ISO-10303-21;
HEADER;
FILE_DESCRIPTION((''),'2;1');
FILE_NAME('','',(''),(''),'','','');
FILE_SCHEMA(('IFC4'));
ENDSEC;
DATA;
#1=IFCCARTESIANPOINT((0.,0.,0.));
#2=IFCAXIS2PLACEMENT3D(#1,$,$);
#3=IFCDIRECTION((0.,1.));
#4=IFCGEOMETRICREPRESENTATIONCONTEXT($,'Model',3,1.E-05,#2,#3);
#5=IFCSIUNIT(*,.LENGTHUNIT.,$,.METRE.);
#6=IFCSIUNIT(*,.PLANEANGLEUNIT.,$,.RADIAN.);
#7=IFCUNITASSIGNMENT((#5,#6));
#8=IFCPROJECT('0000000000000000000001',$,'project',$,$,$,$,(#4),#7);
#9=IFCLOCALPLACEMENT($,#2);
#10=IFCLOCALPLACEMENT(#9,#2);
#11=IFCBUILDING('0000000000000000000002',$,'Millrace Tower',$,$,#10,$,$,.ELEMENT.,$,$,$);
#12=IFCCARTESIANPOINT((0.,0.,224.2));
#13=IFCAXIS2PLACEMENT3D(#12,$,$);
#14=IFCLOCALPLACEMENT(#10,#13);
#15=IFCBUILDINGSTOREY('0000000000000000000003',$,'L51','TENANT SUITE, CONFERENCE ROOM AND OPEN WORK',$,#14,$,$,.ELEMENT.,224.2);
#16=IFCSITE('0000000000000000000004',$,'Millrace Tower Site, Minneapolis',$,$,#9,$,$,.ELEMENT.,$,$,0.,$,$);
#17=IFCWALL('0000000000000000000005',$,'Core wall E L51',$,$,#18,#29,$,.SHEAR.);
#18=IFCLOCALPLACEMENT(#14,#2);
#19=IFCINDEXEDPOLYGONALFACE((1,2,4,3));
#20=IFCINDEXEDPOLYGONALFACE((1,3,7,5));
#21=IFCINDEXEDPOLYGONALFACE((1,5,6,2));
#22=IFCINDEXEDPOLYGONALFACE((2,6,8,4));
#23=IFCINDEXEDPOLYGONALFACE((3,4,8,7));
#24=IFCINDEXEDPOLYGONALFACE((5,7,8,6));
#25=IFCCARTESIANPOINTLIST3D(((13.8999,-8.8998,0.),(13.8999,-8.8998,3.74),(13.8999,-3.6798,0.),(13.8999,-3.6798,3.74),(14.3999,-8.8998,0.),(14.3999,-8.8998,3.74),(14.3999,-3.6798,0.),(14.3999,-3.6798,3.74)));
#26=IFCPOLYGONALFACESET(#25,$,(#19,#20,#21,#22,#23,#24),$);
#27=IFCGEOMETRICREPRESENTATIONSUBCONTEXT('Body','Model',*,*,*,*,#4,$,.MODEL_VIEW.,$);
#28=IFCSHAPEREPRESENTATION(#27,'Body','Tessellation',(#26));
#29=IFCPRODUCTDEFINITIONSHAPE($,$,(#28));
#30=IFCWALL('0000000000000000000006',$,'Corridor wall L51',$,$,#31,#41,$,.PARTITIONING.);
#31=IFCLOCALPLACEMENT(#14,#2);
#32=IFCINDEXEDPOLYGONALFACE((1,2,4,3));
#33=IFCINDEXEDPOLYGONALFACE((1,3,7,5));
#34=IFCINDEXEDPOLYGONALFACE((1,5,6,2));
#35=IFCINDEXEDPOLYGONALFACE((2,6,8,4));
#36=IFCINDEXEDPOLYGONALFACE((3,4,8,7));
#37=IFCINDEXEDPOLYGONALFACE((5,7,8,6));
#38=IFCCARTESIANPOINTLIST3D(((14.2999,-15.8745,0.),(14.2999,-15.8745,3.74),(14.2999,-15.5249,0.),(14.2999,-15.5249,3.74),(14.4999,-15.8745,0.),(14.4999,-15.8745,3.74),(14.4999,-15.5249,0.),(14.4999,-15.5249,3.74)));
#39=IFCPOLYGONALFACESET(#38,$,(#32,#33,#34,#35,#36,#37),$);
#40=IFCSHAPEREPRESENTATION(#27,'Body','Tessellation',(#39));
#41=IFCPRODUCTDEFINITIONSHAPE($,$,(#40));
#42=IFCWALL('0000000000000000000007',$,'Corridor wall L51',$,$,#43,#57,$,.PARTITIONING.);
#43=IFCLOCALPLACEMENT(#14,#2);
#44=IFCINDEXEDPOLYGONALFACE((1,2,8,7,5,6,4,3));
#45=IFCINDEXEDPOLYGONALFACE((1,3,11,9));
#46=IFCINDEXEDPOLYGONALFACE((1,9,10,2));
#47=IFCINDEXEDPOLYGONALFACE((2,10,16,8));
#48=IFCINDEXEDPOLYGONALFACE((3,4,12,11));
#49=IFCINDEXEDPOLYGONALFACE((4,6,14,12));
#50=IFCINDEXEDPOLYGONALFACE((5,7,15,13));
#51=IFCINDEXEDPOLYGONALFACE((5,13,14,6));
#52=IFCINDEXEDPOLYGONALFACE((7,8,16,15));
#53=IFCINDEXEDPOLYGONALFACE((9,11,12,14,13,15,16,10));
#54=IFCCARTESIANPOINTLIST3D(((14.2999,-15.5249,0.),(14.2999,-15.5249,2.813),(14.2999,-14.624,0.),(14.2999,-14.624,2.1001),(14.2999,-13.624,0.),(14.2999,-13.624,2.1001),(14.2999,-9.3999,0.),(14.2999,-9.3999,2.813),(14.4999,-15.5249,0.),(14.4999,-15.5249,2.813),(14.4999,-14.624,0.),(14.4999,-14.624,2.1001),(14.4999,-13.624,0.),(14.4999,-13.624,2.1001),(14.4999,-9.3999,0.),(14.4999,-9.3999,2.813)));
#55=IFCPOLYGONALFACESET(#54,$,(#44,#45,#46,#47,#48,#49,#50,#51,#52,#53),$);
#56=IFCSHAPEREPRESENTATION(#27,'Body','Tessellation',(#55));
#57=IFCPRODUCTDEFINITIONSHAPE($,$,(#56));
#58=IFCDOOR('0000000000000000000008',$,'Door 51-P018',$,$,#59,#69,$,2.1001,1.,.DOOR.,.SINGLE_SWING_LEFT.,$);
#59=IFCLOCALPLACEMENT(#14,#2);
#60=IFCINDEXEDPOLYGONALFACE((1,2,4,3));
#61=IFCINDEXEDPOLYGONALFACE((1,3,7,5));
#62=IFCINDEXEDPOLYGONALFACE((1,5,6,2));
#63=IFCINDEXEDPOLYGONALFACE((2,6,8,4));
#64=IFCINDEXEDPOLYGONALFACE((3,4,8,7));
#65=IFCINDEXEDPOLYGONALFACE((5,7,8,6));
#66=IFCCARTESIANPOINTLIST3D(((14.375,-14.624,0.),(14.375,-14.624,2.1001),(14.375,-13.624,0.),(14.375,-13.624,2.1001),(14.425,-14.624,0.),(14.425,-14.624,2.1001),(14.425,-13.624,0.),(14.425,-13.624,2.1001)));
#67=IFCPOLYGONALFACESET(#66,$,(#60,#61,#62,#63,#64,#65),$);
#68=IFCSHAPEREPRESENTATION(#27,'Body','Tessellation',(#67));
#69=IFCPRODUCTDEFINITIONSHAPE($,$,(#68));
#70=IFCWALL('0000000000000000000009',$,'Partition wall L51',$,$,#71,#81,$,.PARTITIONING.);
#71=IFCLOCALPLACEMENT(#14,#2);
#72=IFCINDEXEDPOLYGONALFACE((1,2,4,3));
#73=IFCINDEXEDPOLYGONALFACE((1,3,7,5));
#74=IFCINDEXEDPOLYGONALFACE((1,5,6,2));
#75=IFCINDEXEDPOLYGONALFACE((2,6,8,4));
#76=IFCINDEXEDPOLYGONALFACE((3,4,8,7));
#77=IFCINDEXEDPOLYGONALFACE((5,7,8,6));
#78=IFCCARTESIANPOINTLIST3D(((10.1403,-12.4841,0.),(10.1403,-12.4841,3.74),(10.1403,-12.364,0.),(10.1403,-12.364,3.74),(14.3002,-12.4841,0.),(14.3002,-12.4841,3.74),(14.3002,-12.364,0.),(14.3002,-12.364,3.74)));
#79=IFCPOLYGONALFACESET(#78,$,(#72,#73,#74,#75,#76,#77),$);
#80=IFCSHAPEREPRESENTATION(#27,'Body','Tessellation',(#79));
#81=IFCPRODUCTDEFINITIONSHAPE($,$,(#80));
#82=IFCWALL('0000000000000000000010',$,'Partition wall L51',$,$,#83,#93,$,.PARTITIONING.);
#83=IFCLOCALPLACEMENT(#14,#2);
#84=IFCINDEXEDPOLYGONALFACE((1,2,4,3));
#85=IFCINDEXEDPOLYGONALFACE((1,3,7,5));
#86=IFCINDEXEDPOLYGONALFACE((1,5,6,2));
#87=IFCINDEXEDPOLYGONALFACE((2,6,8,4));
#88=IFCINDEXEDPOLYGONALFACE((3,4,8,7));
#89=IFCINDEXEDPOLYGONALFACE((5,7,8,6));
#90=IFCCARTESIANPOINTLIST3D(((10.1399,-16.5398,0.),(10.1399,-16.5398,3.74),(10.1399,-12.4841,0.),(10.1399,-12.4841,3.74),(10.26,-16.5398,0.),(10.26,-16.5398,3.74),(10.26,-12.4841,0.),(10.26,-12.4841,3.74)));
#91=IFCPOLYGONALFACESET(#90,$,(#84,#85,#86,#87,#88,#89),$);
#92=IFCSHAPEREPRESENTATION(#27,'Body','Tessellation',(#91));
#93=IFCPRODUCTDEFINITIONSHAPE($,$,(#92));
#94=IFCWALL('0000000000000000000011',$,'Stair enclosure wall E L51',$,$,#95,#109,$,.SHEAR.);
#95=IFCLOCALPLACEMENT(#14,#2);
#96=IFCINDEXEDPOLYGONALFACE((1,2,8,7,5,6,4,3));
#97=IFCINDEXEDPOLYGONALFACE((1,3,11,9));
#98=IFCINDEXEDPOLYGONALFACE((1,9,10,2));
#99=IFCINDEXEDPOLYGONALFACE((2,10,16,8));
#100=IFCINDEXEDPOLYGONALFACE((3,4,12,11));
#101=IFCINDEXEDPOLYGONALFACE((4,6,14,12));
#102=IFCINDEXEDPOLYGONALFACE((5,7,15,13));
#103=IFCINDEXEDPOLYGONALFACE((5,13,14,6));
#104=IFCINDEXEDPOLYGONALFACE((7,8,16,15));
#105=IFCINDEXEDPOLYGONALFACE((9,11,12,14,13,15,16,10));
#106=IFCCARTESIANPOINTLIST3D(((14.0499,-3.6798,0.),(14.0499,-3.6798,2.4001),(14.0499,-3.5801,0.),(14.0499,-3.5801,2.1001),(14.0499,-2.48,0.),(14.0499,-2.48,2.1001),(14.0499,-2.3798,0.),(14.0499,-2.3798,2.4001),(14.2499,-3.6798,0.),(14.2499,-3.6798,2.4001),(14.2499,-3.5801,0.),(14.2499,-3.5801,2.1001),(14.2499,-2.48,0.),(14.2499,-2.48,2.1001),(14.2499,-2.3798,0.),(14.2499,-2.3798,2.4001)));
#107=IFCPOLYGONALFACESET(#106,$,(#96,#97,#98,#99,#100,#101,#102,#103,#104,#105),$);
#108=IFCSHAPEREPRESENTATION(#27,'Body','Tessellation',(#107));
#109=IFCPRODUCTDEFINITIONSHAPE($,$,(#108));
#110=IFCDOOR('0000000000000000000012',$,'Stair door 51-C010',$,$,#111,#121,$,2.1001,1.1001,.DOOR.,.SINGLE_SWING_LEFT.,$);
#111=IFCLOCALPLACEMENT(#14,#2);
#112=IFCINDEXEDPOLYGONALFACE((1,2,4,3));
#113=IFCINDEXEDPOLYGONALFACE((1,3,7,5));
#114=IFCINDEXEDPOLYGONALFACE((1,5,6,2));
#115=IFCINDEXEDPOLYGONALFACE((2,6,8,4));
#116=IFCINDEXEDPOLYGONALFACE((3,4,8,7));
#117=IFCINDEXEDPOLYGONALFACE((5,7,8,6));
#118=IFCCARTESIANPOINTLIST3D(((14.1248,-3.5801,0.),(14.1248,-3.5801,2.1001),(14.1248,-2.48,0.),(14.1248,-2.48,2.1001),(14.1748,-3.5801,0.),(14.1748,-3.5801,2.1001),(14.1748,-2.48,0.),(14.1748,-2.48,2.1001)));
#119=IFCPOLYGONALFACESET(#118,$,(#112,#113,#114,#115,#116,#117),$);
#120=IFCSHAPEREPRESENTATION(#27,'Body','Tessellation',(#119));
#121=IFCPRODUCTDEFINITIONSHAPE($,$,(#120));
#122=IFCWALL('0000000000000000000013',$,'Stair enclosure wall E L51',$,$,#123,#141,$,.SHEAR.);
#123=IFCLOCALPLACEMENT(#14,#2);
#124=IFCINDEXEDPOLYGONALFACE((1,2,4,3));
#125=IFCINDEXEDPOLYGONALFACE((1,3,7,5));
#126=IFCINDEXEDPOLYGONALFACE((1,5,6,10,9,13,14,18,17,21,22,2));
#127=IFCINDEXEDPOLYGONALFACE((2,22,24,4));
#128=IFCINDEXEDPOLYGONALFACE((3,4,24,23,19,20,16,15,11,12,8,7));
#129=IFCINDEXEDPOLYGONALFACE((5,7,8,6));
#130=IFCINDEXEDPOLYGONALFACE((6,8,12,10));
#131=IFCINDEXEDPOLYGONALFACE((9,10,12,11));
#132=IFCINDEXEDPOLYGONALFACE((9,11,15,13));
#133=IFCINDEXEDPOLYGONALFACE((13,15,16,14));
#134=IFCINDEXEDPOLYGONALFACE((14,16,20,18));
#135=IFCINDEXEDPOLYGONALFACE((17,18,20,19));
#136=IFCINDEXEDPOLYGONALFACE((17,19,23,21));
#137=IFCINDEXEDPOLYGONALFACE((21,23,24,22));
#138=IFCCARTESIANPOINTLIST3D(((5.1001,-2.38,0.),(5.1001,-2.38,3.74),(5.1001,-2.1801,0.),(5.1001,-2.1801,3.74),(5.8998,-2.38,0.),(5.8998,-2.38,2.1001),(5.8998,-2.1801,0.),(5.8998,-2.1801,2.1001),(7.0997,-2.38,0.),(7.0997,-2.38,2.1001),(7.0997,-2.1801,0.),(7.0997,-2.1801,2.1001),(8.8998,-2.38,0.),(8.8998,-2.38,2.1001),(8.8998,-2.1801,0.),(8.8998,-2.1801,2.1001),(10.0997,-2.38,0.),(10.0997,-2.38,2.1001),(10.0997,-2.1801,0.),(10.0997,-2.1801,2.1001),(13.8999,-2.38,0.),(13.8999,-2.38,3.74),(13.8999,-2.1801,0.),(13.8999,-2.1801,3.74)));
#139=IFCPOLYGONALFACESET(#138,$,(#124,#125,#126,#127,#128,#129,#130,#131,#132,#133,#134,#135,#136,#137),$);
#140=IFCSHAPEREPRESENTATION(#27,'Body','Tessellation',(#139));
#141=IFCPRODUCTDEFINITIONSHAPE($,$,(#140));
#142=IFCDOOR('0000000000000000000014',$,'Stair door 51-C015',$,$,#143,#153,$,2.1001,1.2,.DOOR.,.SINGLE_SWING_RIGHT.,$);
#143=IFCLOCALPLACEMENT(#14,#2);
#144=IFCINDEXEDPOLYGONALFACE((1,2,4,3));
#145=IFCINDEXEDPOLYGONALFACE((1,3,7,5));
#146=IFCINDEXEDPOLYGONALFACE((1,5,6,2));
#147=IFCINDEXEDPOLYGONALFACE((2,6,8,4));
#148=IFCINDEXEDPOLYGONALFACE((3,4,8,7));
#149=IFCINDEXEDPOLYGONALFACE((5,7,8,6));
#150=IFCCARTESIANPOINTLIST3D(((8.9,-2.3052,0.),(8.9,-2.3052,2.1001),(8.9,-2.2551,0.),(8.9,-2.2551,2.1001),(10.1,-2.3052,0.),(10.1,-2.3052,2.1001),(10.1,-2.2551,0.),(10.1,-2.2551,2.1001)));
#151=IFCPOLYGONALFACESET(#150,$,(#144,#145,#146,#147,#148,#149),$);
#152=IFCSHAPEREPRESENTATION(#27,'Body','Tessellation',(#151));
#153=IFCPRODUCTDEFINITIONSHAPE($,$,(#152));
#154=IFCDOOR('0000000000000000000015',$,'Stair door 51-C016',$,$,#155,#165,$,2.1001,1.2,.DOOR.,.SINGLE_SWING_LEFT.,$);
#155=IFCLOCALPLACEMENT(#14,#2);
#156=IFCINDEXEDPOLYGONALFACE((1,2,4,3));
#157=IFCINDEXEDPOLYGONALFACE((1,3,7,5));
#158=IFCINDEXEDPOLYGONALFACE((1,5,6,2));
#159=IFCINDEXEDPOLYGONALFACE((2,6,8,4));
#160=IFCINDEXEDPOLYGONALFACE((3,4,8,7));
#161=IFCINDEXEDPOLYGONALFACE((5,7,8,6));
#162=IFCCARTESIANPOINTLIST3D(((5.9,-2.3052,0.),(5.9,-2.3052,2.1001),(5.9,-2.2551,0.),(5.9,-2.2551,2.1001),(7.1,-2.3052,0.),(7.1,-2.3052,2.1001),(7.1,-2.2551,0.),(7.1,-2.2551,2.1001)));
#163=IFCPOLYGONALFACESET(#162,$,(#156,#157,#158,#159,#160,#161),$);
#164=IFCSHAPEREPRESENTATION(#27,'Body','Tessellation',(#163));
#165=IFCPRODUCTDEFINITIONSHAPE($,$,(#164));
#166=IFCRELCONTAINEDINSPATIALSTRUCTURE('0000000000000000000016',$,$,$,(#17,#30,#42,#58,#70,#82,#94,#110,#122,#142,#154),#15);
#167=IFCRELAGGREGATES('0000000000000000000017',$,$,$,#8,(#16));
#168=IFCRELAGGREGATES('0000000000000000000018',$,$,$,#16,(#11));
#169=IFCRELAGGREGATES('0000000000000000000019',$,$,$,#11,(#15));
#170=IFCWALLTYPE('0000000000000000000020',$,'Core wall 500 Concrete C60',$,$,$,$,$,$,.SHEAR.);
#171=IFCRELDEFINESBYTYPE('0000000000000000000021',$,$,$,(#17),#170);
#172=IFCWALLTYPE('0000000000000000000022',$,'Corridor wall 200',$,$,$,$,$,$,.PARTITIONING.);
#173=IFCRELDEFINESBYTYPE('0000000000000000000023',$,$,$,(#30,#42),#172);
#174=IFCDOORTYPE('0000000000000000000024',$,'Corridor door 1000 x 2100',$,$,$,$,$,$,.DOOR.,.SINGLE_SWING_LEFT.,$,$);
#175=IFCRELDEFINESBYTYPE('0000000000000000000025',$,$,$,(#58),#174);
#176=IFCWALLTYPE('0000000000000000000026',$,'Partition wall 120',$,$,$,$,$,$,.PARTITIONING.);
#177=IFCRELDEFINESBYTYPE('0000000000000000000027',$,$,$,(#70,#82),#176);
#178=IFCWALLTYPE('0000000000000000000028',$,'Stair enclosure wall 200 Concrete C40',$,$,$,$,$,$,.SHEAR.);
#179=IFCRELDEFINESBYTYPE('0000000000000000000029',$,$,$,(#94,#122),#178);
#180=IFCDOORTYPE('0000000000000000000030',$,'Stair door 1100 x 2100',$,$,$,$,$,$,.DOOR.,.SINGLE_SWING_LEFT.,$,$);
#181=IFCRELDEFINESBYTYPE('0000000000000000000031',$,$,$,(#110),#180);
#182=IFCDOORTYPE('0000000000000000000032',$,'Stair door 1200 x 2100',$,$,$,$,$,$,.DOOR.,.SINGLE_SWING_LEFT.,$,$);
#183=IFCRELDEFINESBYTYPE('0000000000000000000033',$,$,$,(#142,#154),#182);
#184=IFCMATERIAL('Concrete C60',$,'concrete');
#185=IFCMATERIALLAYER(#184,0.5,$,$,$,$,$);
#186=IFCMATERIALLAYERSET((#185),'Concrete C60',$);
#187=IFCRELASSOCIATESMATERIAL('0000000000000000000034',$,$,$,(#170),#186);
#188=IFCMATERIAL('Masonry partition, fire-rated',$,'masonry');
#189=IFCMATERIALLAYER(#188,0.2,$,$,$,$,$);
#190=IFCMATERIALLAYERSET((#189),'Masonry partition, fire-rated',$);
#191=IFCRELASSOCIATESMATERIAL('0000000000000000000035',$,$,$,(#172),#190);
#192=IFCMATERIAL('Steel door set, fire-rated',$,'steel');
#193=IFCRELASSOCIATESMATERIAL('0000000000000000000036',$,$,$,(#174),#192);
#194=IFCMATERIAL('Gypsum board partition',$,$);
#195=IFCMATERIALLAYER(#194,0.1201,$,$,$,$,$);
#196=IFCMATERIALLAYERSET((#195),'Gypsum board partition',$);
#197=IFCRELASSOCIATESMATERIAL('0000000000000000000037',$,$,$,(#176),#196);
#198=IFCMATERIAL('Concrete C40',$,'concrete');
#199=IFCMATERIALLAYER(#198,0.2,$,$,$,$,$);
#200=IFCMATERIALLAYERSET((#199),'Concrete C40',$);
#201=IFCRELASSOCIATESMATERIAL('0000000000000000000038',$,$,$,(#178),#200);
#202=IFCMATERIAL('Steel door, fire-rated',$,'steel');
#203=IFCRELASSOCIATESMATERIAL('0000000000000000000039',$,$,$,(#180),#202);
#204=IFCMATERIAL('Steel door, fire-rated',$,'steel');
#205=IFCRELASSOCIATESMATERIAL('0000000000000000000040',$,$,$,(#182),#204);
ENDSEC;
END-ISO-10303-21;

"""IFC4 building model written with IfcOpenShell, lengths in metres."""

from ifc_helpers import new_model, si_unit, direction, frame, frame_2d, origin, place, context, subcontext, project, spatial, rectangle, extrude, material, layer, layer_set, type_object, element, fill, save


model = new_model("IFC4")

# Units and contexts
model_context = context("Model", 3, precision=1e-05, world=origin(), true_north=direction((0.0, 1.0)))
body_context = subcontext(model_context, "Body", "Model", "MODEL_VIEW")
ifc_project = project(units=[si_unit("LENGTHUNIT", "METRE"), si_unit("PLANEANGLEUNIT", "RADIAN")], contexts=[model_context])

# Site, building, storey
site_placement = place(None, origin())
site = spatial("IfcSite", under=ifc_project, at=site_placement, Name="Millrace Tower Site, Minneapolis", CompositionType="ELEMENT", RefElevation=0.0)
building_placement = place(site_placement, origin())
building = spatial("IfcBuilding", under=site, at=building_placement, Name="Millrace Tower", CompositionType="ELEMENT")
storey_placement = place(building_placement, frame((0.0, 0.0, 224.2)))
storey = spatial("IfcBuildingStorey", under=building, at=storey_placement, Name="L51", Description="TENANT SUITE, CONFERENCE ROOM AND OPEN WORK", CompositionType="ELEMENT", Elevation=224.2)

# Walls
ifc_material_1 = material(Name="Concrete C60", Category="concrete")
ifc_layer_1 = layer(ifc_material_1, 0.5)
ifc_layer_set_1 = layer_set([ifc_layer_1], Name="Concrete C60")
wall_type_1 = type_object("IfcWallType", Name="Core wall 500 Concrete C60", PredefinedType="SHEAR", material=ifc_layer_set_1)
wall_1_placement = place(storey_placement, frame((14.1499, -3.6799, 0.0), z_axis=(0.0, 0.0, 1.0), x_axis=(0.0, -1.0, 0.0)))
element("IfcWall", 1, at=wall_1_placement, inside=storey, type_object=wall_type_1, Name="Core wall E L51", PredefinedType="SHEAR", context=body_context, shape_type="SweptSolid", body=[
    extrude(rectangle(XDim=5.22, YDim=0.5, at=frame_2d((2.6099, 0.0))), origin(), (0.0, 0.0, 1.0), 3.74),
])
ifc_material_2 = material(Name="Masonry partition, fire-rated", Category="masonry")
ifc_layer_2 = layer(ifc_material_2, 0.2)
ifc_layer_set_2 = layer_set([ifc_layer_2], Name="Masonry partition, fire-rated")
wall_type_2 = type_object("IfcWallType", Name="Corridor wall 200", PredefinedType="PARTITIONING", material=ifc_layer_set_2)
wall_2_placement = place(storey_placement, frame((14.3999, -15.8745, 0.0), z_axis=(0.0, 0.0, 1.0), x_axis=(0.0, 1.0, 0.0)))
element("IfcWall", 2, at=wall_2_placement, inside=storey, type_object=wall_type_2, Name="Corridor wall L51", PredefinedType="PARTITIONING", context=body_context, shape_type="SweptSolid", body=[
    extrude(rectangle(XDim=0.3496, YDim=0.2, at=frame_2d((0.1748, 0.0))), origin(), (0.0, 0.0, 1.0), 3.74),
])

# Wall, opening, door
wall_3_placement = place(storey_placement, frame((14.3999, -15.5249, 0.0), z_axis=(0.0, 0.0, 1.0), x_axis=(0.0, 1.0, 0.0)))
wall_3 = element("IfcWall", 3, at=wall_3_placement, inside=storey, type_object=wall_type_2, Name="Corridor wall L51", PredefinedType="PARTITIONING", context=body_context, shape_type="SweptSolid", body=[
    extrude(rectangle(XDim=6.125, YDim=0.2, at=frame_2d((3.0625, 0.0))), origin(), (0.0, 0.0, 1.0), 2.813),
])
opening_1_placement = place(wall_3_placement, frame((0.9009, 0.0, 0.0)))
opening_1 = element("IfcOpeningElement", 4, at=opening_1_placement, cuts=wall_3, PredefinedType="OPENING", context=body_context, shape_type="SweptSolid", body=[
    extrude(rectangle(XDim=1.0, YDim=2.1001, at=frame_2d((0.5, 1.05))), frame((0.0, 0.1099, 0.0), z_axis=(0.0, -1.0, 0.0), x_axis=(1.0, 0.0, 0.0)), (0.0, 0.0, 1.0), 0.22),
])
ifc_material_3 = material(Name="Steel door set, fire-rated", Category="steel")
door_type_1 = type_object("IfcDoorType", Name="Corridor door 1000 x 2100", OperationType="SINGLE_SWING_LEFT", PredefinedType="DOOR", material=ifc_material_3)
door_1_placement = place(opening_1_placement, origin())
door_1 = element("IfcDoor", 5, at=door_1_placement, inside=storey, type_object=door_type_1, Name="Door 51-P018", OperationType="SINGLE_SWING_LEFT", OverallHeight=2.1001, OverallWidth=1.0, PredefinedType="DOOR", context=body_context, shape_type="SweptSolid", body=[
    extrude(rectangle(XDim=1.0, YDim=2.1001, at=frame_2d((0.5, 1.05))), frame((0.0, 0.0249, 0.0), z_axis=(0.0, -1.0, 0.0), x_axis=(1.0, 0.0, 0.0)), (0.0, 0.0, 1.0), 0.05),
])
fill(opening_1, door_1)

# Walls
ifc_material_4 = material(Name="Gypsum board partition")
ifc_layer_3 = layer(ifc_material_4, 0.1201)
ifc_layer_set_3 = layer_set([ifc_layer_3], Name="Gypsum board partition")
wall_type_3 = type_object("IfcWallType", Name="Partition wall 120", PredefinedType="PARTITIONING", material=ifc_layer_set_3)
wall_4_placement = place(storey_placement, frame((10.1401, -12.4241, 0.0), z_axis=(0.0, 0.0, 1.0), x_axis=(1.0, 0.0, 0.0)))
element("IfcWall", 6, at=wall_4_placement, inside=storey, type_object=wall_type_3, Name="Partition wall L51", PredefinedType="PARTITIONING", context=body_context, shape_type="SweptSolid", body=[
    extrude(rectangle(XDim=4.1599, YDim=0.1201, at=frame_2d((2.0801, 0.0))), origin(), (0.0, 0.0, 1.0), 3.74),
])
wall_5_placement = place(storey_placement, frame((10.2, -16.5398, 0.0), z_axis=(0.0, 0.0, 1.0), x_axis=(0.0, 1.0, 0.0)))
element("IfcWall", 7, at=wall_5_placement, inside=storey, type_object=wall_type_3, Name="Partition wall L51", PredefinedType="PARTITIONING", context=body_context, shape_type="SweptSolid", body=[
    extrude(rectangle(XDim=4.0557, YDim=0.1201, at=frame_2d((2.0278, 0.0))), origin(), (0.0, 0.0, 1.0), 3.74),
])

# Wall, opening, door
ifc_material_5 = material(Name="Concrete C40", Category="concrete")
ifc_layer_4 = layer(ifc_material_5, 0.2)
ifc_layer_set_4 = layer_set([ifc_layer_4], Name="Concrete C40")
wall_type_4 = type_object("IfcWallType", Name="Stair enclosure wall 200 Concrete C40", PredefinedType="SHEAR", material=ifc_layer_set_4)
wall_6_placement = place(storey_placement, frame((14.1499, -2.3799, 0.0), z_axis=(0.0, 0.0, 1.0), x_axis=(0.0, -1.0, 0.0)))
wall_6 = element("IfcWall", 8, at=wall_6_placement, inside=storey, type_object=wall_type_4, Name="Stair enclosure wall E L51", PredefinedType="SHEAR", context=body_context, shape_type="SweptSolid", body=[
    extrude(rectangle(XDim=1.3, YDim=0.2, at=frame_2d((0.6499, 0.0))), origin(), (0.0, 0.0, 1.0), 2.4001),
])
opening_2_placement = place(wall_6_placement, frame((0.1001, 0.0, 0.0)))
opening_2 = element("IfcOpeningElement", 9, at=opening_2_placement, cuts=wall_6, PredefinedType="OPENING", context=body_context, shape_type="SweptSolid", body=[
    extrude(rectangle(XDim=1.1001, YDim=2.1001, at=frame_2d((0.55, 1.05))), frame((0.0, 0.1099, 0.0), z_axis=(0.0, -1.0, 0.0), x_axis=(1.0, 0.0, 0.0)), (0.0, 0.0, 1.0), 0.22),
])
ifc_material_6 = material(Name="Steel door, fire-rated", Category="steel")
door_type_2 = type_object("IfcDoorType", Name="Stair door 1100 x 2100", OperationType="SINGLE_SWING_LEFT", PredefinedType="DOOR", material=ifc_material_6)
door_2_placement = place(opening_2_placement, origin())
door_2 = element("IfcDoor", 10, at=door_2_placement, inside=storey, type_object=door_type_2, Name="Stair door 51-C010", OperationType="SINGLE_SWING_LEFT", OverallHeight=2.1001, OverallWidth=1.1001, PredefinedType="DOOR", context=body_context, shape_type="SweptSolid", body=[
    extrude(rectangle(XDim=1.1001, YDim=2.1001, at=frame_2d((0.55, 1.05))), frame((0.0, 0.0249, 0.0), z_axis=(0.0, -1.0, 0.0), x_axis=(1.0, 0.0, 0.0)), (0.0, 0.0, 1.0), 0.05),
])
fill(opening_2, door_2)

# Wall, openings, doors
wall_7_placement = place(storey_placement, frame((13.8999, -2.28, 0.0), z_axis=(0.0, 0.0, 1.0), x_axis=(-1.0, 0.0, 0.0)))
wall_7 = element("IfcWall", 11, at=wall_7_placement, inside=storey, type_object=wall_type_4, Name="Stair enclosure wall E L51", PredefinedType="SHEAR", context=body_context, shape_type="SweptSolid", body=[
    extrude(rectangle(XDim=8.7998, YDim=0.2, at=frame_2d((4.3999, 0.0))), origin(), (0.0, 0.0, 1.0), 3.74),
])
opening_3_placement = place(wall_7_placement, frame((3.8, 0.0, 0.0)))
opening_3 = element("IfcOpeningElement", 12, at=opening_3_placement, cuts=wall_7, PredefinedType="OPENING", context=body_context, shape_type="SweptSolid", body=[
    extrude(rectangle(XDim=1.2, YDim=2.1001, at=frame_2d((0.6001, 1.05))), frame((0.0, 0.1099, 0.0), z_axis=(0.0, -1.0, 0.0), x_axis=(1.0, 0.0, 0.0)), (0.0, 0.0, 1.0), 0.22),
])
opening_4_placement = place(wall_7_placement, frame((6.8, 0.0, 0.0)))
opening_4 = element("IfcOpeningElement", 13, at=opening_4_placement, cuts=wall_7, PredefinedType="OPENING", context=body_context, shape_type="SweptSolid", body=[
    extrude(rectangle(XDim=1.2, YDim=2.1001, at=frame_2d((0.6001, 1.05))), frame((0.0, 0.1099, 0.0), z_axis=(0.0, -1.0, 0.0), x_axis=(1.0, 0.0, 0.0)), (0.0, 0.0, 1.0), 0.22),
])
ifc_material_7 = material(Name="Steel door, fire-rated", Category="steel")
door_type_3 = type_object("IfcDoorType", Name="Stair door 1200 x 2100", OperationType="SINGLE_SWING_LEFT", PredefinedType="DOOR", material=ifc_material_7)
door_3_placement = place(opening_3_placement, frame((1.2, 0.0, 0.0), z_axis=(0.0, 0.0, 1.0), x_axis=(-1.0, 0.0, 0.0)))
door_3 = element("IfcDoor", 14, at=door_3_placement, inside=storey, type_object=door_type_3, Name="Stair door 51-C015", OperationType="SINGLE_SWING_RIGHT", OverallHeight=2.1001, OverallWidth=1.2, PredefinedType="DOOR", context=body_context, shape_type="SweptSolid", body=[
    extrude(rectangle(XDim=1.2, YDim=2.1001, at=frame_2d((0.6001, 1.05))), frame((0.0, 0.0249, 0.0), z_axis=(0.0, -1.0, 0.0), x_axis=(1.0, 0.0, 0.0)), (0.0, 0.0, 1.0), 0.05),
])
fill(opening_3, door_3)
door_4_placement = place(opening_4_placement, frame((1.2, 0.0, 0.0), z_axis=(0.0, 0.0, 1.0), x_axis=(-1.0, 0.0, 0.0)))
door_4 = element("IfcDoor", 15, at=door_4_placement, inside=storey, type_object=door_type_3, Name="Stair door 51-C016", OperationType="SINGLE_SWING_LEFT", OverallHeight=2.1001, OverallWidth=1.2, PredefinedType="DOOR", context=body_context, shape_type="SweptSolid", body=[
    extrude(rectangle(XDim=1.2, YDim=2.1001, at=frame_2d((0.6001, 1.05))), frame((0.0, 0.0249, 0.0), z_axis=(0.0, -1.0, 0.0), x_axis=(1.0, 0.0, 0.0)), (0.0, 0.0, 1.0), 0.05),
])
fill(opening_4, door_4)

save(model, "model.ifc")
